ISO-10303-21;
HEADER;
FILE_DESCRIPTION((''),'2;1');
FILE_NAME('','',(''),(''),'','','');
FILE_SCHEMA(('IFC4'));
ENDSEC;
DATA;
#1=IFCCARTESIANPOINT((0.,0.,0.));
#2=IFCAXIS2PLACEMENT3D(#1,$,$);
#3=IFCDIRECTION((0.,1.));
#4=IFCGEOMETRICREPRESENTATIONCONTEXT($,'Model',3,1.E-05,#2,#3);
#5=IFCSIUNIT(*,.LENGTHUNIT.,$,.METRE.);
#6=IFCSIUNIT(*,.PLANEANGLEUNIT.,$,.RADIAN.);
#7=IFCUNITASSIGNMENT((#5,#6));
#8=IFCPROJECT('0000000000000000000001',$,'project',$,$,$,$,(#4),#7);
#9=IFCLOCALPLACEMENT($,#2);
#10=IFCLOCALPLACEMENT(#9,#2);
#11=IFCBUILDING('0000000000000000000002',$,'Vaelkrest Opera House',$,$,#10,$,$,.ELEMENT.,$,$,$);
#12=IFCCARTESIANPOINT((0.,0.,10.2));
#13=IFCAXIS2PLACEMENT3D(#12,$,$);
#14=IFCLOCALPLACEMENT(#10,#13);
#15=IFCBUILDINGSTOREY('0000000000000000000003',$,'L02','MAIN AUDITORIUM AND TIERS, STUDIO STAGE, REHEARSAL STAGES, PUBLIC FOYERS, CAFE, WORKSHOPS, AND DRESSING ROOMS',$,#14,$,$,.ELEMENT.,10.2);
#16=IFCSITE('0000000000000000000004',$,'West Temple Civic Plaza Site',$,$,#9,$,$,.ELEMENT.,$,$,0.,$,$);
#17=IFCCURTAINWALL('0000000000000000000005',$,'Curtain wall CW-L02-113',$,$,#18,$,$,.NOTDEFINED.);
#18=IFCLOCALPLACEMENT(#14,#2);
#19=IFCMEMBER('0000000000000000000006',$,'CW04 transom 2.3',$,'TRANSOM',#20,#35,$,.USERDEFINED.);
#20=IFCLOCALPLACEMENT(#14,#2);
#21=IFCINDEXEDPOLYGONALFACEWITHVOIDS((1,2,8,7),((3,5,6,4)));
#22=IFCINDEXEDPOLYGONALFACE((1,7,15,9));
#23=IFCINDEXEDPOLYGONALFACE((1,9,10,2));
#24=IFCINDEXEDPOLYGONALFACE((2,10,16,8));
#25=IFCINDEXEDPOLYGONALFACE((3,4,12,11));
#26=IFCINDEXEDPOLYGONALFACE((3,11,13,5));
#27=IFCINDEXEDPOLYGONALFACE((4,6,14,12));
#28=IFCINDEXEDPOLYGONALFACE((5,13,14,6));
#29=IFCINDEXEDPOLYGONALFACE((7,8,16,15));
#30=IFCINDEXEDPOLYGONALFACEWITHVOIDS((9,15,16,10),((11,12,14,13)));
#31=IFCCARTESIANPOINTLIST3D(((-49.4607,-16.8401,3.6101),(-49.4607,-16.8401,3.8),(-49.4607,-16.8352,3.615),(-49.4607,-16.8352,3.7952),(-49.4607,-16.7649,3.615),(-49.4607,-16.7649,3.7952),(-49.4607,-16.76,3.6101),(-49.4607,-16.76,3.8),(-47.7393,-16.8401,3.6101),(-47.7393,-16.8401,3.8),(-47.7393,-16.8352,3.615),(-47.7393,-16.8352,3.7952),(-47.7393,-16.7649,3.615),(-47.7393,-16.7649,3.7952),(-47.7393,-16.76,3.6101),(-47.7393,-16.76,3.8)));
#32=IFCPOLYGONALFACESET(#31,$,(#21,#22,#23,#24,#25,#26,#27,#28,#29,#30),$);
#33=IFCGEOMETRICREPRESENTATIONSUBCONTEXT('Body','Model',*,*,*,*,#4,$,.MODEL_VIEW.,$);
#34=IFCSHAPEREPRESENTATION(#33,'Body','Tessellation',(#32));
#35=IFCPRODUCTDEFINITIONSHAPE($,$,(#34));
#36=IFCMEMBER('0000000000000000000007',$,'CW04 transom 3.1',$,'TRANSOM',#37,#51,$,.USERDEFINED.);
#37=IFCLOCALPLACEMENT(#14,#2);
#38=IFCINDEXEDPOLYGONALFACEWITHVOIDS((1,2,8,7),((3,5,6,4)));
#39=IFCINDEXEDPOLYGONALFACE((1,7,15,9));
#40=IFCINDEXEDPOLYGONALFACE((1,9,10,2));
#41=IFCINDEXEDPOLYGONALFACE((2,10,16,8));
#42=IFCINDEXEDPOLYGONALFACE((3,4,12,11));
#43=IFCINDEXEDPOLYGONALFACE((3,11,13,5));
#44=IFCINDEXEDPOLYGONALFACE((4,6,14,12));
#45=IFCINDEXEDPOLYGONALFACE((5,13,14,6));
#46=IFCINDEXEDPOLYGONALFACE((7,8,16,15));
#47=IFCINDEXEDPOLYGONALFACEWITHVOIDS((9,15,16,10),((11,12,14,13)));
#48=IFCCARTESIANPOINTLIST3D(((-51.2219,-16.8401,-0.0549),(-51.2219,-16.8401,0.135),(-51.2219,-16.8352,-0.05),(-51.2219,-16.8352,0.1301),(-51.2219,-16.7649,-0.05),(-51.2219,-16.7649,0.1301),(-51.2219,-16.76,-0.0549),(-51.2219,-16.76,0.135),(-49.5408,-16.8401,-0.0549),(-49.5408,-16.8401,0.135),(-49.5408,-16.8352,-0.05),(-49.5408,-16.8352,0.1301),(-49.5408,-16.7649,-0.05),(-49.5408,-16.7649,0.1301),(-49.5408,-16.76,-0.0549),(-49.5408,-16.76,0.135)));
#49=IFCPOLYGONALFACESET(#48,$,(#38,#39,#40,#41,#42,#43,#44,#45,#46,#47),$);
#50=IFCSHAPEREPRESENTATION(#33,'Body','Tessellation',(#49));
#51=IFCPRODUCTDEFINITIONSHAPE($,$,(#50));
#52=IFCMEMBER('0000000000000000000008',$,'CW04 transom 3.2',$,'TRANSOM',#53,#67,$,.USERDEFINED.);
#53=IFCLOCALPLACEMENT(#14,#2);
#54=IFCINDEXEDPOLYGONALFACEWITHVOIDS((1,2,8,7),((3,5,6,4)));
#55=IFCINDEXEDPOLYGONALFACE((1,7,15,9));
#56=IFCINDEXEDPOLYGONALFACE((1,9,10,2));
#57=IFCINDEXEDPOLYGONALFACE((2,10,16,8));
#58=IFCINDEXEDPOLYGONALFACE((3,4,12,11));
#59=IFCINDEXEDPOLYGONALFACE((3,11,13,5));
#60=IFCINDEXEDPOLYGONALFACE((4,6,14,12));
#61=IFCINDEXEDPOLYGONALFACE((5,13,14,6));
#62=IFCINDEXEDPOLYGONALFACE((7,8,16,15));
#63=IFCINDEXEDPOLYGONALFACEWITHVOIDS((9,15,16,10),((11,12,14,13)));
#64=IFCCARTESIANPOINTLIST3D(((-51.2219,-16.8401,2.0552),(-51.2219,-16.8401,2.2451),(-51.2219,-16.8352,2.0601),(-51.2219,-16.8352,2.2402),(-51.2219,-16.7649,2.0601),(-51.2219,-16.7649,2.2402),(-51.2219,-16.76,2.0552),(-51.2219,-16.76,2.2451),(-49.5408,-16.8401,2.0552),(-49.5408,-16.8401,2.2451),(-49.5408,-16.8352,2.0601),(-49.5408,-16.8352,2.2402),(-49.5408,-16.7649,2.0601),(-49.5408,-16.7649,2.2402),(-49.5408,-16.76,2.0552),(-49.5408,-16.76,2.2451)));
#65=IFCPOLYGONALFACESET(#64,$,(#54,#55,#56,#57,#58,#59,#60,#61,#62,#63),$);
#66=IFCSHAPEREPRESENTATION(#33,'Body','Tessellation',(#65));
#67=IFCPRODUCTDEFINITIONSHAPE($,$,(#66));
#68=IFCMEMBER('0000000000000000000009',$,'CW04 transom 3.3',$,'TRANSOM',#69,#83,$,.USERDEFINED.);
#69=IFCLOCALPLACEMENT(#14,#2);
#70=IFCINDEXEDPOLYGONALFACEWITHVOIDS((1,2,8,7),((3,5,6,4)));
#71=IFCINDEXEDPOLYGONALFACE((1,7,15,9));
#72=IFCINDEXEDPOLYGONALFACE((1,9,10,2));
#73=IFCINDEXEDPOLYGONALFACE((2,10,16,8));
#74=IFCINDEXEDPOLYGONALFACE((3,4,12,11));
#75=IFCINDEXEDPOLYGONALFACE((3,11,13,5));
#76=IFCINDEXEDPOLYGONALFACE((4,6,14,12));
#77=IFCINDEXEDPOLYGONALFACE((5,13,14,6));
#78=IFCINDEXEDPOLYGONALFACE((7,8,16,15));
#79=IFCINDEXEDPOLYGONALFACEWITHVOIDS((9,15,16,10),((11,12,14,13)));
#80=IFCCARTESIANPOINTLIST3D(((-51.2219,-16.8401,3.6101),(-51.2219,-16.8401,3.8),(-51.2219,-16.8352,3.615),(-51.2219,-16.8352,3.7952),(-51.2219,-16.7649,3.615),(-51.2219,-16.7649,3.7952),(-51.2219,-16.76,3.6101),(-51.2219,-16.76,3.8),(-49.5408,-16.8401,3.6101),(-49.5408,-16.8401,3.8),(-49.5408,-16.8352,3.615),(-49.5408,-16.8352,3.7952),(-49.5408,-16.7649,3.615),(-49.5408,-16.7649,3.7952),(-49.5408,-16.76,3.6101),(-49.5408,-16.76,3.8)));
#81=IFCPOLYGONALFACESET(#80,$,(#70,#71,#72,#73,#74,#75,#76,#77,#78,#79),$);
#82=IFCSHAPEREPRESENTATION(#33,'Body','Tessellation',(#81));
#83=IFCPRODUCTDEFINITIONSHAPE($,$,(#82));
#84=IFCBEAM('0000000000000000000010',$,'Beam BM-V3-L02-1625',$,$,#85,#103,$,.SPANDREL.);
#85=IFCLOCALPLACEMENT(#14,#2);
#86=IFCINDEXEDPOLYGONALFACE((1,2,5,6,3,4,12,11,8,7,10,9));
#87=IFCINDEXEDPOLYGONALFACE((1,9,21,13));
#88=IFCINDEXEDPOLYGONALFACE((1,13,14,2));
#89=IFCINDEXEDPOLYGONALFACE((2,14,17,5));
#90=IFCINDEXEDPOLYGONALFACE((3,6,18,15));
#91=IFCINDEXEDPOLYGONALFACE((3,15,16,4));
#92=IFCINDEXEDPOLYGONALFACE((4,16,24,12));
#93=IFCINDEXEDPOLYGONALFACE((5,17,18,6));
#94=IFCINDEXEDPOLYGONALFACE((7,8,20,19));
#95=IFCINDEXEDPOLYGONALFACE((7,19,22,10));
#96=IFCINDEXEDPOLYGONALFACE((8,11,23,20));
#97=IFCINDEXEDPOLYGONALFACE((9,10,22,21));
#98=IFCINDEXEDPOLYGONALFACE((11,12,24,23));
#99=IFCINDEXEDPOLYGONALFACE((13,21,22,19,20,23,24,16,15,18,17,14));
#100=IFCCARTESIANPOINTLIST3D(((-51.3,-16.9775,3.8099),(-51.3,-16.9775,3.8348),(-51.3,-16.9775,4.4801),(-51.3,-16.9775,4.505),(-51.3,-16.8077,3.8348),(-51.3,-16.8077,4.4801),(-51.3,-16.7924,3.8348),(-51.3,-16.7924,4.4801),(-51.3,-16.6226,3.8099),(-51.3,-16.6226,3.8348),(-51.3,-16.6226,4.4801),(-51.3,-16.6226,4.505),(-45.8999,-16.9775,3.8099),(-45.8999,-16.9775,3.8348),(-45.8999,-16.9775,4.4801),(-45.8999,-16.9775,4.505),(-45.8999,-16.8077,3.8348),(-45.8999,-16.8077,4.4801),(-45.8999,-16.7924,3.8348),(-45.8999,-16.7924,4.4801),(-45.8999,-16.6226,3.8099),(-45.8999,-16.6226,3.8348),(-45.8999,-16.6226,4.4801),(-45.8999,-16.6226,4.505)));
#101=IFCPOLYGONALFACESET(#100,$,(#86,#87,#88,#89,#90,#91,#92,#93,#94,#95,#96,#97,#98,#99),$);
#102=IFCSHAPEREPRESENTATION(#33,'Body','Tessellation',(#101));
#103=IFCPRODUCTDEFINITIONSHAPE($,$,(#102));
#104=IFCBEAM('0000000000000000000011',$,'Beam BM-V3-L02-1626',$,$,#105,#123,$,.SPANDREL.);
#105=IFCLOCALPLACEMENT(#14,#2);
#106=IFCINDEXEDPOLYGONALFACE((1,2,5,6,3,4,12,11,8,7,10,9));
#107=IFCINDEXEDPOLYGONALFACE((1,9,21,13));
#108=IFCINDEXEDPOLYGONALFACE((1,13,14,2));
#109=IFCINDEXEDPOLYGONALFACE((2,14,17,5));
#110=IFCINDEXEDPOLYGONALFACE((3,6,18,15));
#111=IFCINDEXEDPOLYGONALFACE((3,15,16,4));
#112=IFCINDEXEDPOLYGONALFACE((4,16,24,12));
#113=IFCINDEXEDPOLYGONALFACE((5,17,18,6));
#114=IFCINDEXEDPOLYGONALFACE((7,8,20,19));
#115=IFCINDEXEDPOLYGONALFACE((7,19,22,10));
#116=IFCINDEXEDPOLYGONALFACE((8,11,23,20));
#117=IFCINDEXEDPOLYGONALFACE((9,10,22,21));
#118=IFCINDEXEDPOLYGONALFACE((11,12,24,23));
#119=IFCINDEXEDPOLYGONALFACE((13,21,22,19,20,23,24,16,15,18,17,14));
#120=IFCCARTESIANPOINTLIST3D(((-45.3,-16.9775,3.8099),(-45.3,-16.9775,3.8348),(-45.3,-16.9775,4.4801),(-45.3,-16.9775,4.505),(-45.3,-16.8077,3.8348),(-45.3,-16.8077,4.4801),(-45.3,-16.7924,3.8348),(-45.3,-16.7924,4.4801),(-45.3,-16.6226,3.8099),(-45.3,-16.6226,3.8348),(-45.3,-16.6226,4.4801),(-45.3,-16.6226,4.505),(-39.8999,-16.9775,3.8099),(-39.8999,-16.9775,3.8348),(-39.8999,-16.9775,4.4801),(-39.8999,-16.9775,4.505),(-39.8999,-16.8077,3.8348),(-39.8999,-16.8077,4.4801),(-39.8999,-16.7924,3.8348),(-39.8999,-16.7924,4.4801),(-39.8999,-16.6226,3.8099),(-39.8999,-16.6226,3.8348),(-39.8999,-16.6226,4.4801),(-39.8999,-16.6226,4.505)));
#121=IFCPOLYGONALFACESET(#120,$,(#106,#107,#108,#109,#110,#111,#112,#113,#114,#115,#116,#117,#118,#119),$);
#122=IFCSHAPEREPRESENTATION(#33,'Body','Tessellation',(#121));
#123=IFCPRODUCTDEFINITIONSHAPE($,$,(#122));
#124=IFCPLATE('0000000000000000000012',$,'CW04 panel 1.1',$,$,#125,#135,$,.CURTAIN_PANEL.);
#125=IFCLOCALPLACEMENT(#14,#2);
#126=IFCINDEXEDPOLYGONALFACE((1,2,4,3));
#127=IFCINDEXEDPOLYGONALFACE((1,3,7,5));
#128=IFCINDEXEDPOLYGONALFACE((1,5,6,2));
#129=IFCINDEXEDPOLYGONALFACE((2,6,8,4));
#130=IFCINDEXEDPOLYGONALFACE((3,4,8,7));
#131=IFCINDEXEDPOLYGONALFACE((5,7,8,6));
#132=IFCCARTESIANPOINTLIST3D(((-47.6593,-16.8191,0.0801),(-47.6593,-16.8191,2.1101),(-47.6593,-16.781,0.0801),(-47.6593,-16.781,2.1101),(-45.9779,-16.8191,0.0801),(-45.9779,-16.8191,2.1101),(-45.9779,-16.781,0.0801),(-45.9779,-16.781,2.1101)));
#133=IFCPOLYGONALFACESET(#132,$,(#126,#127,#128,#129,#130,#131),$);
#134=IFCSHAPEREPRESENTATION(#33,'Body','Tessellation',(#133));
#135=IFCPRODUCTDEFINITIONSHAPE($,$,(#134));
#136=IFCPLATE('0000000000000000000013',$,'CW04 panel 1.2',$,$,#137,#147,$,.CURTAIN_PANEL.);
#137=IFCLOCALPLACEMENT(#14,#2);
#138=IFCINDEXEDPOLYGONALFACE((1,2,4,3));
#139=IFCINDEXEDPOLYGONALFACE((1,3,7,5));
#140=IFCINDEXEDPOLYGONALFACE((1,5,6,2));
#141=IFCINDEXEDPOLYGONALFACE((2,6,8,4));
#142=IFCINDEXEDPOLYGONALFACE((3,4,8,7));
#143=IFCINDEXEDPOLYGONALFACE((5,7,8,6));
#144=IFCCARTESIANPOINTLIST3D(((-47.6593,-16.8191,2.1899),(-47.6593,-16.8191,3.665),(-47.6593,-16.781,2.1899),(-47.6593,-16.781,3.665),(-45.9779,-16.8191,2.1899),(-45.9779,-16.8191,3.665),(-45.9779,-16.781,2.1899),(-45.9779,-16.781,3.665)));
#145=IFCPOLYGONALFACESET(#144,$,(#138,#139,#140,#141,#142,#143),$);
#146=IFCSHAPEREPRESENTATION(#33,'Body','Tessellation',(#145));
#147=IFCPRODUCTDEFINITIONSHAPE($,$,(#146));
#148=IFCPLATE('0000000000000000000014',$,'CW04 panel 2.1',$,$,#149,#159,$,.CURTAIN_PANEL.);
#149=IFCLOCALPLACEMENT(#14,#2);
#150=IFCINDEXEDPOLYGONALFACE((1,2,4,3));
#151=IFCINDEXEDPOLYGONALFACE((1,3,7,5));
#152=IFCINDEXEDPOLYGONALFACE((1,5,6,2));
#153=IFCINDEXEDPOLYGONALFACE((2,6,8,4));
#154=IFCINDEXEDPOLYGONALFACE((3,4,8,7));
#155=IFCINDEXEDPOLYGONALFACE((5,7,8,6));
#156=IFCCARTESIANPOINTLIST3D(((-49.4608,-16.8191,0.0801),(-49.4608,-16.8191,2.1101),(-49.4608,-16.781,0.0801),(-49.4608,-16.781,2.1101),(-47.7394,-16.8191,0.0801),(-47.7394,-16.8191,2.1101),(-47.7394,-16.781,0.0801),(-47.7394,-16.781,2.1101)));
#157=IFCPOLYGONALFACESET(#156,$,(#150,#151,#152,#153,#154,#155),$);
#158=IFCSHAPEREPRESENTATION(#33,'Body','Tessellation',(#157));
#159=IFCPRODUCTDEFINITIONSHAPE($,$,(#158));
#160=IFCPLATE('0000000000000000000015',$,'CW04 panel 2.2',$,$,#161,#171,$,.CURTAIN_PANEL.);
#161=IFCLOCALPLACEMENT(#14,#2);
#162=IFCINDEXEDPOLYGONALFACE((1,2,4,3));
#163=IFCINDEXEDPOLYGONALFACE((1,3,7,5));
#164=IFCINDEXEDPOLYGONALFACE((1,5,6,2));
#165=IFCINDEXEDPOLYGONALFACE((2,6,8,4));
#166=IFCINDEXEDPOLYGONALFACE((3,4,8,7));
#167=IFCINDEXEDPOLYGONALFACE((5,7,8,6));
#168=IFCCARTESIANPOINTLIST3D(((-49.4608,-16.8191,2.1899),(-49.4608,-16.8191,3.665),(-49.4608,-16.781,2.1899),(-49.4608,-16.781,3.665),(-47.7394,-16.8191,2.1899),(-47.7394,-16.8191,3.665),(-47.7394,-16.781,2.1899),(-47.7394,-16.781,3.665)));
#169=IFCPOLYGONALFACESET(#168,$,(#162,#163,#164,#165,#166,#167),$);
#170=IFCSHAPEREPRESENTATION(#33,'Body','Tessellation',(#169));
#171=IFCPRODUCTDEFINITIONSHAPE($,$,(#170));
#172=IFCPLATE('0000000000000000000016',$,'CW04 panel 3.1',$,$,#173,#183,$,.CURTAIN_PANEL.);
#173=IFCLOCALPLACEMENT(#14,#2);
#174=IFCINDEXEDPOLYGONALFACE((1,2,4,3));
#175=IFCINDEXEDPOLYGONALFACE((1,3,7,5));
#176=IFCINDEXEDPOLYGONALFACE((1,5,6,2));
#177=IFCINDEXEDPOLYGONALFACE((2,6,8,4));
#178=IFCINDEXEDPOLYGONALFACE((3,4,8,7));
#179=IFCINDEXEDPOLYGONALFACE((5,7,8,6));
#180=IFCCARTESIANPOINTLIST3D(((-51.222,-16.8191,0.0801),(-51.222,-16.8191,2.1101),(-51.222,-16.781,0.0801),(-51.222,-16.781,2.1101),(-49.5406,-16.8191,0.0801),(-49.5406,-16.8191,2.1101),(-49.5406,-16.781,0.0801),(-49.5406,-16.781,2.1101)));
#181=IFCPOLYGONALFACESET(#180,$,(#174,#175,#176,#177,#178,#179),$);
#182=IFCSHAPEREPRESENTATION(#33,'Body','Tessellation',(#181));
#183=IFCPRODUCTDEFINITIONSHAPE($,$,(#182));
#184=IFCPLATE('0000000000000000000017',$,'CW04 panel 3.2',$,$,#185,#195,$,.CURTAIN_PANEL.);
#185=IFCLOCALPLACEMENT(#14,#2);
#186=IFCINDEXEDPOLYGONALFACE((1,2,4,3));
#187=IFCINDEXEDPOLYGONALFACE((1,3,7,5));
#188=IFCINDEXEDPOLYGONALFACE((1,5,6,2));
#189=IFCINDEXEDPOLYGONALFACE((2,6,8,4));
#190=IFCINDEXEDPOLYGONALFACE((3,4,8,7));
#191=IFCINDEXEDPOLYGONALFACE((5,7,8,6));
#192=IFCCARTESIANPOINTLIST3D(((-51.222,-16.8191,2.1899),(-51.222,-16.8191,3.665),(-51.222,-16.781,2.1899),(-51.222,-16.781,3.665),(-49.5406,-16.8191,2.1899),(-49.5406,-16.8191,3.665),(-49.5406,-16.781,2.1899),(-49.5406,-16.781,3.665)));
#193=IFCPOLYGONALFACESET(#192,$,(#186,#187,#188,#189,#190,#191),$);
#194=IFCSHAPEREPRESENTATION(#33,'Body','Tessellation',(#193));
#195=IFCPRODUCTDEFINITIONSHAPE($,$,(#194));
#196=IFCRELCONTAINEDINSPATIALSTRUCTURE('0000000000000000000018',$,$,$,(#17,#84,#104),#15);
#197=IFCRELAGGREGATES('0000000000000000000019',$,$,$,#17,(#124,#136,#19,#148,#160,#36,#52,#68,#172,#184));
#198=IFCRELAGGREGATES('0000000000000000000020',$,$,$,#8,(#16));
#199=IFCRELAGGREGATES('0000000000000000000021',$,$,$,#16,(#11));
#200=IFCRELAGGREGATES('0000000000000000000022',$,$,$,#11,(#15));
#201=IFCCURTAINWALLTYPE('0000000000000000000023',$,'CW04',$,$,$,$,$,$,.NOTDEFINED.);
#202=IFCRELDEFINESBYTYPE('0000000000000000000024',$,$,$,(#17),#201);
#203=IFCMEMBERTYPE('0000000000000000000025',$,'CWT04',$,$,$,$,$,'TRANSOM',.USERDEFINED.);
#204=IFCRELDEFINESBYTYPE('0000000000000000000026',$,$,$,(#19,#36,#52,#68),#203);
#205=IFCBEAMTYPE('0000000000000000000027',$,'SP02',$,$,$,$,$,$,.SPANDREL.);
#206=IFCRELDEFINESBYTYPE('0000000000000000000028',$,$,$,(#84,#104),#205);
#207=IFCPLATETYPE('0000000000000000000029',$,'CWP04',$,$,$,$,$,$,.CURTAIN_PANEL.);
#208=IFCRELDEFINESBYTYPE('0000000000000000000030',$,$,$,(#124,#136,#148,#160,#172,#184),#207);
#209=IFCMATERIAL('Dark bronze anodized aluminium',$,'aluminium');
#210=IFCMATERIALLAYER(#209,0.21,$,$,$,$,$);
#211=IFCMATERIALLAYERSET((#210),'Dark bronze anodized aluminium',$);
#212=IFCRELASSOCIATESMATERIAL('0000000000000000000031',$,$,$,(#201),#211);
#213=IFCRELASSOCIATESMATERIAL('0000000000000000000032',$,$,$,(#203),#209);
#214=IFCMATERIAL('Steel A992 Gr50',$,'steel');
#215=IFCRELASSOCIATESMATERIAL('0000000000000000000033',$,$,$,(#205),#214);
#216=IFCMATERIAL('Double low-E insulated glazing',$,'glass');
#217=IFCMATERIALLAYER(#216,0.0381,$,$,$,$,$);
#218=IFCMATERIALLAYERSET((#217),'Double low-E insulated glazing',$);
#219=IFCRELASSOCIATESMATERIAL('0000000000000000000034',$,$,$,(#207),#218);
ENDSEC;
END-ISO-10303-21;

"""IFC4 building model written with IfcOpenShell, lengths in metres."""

from ifc_helpers import new_model, si_unit, direction, frame, origin, origin_2d, place, context, subcontext, project, spatial, rectangle, hollow_rectangle, i_section, extrude, material, layer, layer_set, material_profile, profile_set, type_object, element, aggregate, save


model = new_model("IFC4")

# Units and contexts
model_context = context("Model", 3, precision=1e-05, world=origin(), true_north=direction((0.0, 1.0)))
body_context = subcontext(model_context, "Body", "Model", "MODEL_VIEW")
ifc_project = project(units=[si_unit("LENGTHUNIT", "METRE"), si_unit("PLANEANGLEUNIT", "RADIAN")], contexts=[model_context])

# Site, building, storey
site_placement = place(None, origin())
site = spatial("IfcSite", under=ifc_project, at=site_placement, Name="West Temple Civic Plaza Site", CompositionType="ELEMENT", RefElevation=0.0)
building_placement = place(site_placement, origin())
building = spatial("IfcBuilding", under=site, at=building_placement, Name="Vaelkrest Opera House", CompositionType="ELEMENT")
storey_placement = place(building_placement, frame((0.0, 0.0, 10.2)))
storey = spatial("IfcBuildingStorey", under=building, at=storey_placement, Name="L02", Description="MAIN AUDITORIUM AND TIERS, STUDIO STAGE, REHEARSAL STAGES, PUBLIC FOYERS, CAFE, WORKSHOPS, AND DRESSING ROOMS", CompositionType="ELEMENT", Elevation=10.2)

# Curtain wall, members
ifc_material_1 = material(Name="Dark bronze anodized aluminium", Category="aluminium")
ifc_layer_1 = layer(ifc_material_1, 0.21)
ifc_layer_set_1 = layer_set([ifc_layer_1], Name="Dark bronze anodized aluminium")
curtain_wall_type = type_object("IfcCurtainWallType", Name="CW04", PredefinedType="NOTDEFINED", material=ifc_layer_set_1)
curtain_wall_placement = place(storey_placement, origin())
curtain_wall = element("IfcCurtainWall", 1, at=curtain_wall_placement, inside=storey, type_object=curtain_wall_type, Name="Curtain wall CW-L02-113", PredefinedType="NOTDEFINED")
ifc_material_profile_1 = material_profile(ifc_material_1, hollow_rectangle(XDim=0.0801, YDim=0.1899, WallThickness=0.0049, at=origin_2d()), Name="CWT80X190")
ifc_profile_set_1 = profile_set([ifc_material_profile_1], Name="Dark bronze anodized aluminium")
member_type_1 = type_object("IfcMemberType", Name="CWT04", ElementType="TRANSOM", PredefinedType="USERDEFINED", material=ifc_profile_set_1)
member_1_placement = place(storey_placement, frame((-47.7393, -16.8, 3.7051), z_axis=(-1.0, 0.0, 0.0), x_axis=(0.0, -1.0, 0.0)))
member_1 = element("IfcMember", 2, at=member_1_placement, type_object=member_type_1, Name="CW04 transom 2.3", ObjectType="TRANSOM", PredefinedType="USERDEFINED", context=body_context, shape_type="SweptSolid", body=[
    extrude(hollow_rectangle(XDim=0.0801, YDim=0.1899, WallThickness=0.0049, at=origin_2d()), origin(), (0.0, 0.0, 1.0), 1.7214),
])
member_2_placement = place(storey_placement, frame((-49.5408, -16.8, 0.04), z_axis=(-1.0, 0.0, 0.0), x_axis=(0.0, -1.0, 0.0)))
member_2 = element("IfcMember", 3, at=member_2_placement, type_object=member_type_1, Name="CW04 transom 3.1", ObjectType="TRANSOM", PredefinedType="USERDEFINED", context=body_context, shape_type="SweptSolid", body=[
    extrude(hollow_rectangle(XDim=0.0801, YDim=0.1899, WallThickness=0.0049, at=origin_2d()), origin(), (0.0, 0.0, 1.0), 1.6812),
])
member_3_placement = place(storey_placement, frame((-49.5408, -16.8, 2.1501), z_axis=(-1.0, 0.0, 0.0), x_axis=(0.0, -1.0, 0.0)))
member_3 = element("IfcMember", 4, at=member_3_placement, type_object=member_type_1, Name="CW04 transom 3.2", ObjectType="TRANSOM", PredefinedType="USERDEFINED", context=body_context, shape_type="SweptSolid", body=[
    extrude(hollow_rectangle(XDim=0.0801, YDim=0.1899, WallThickness=0.0049, at=origin_2d()), origin(), (0.0, 0.0, 1.0), 1.6812),
])
member_4_placement = place(storey_placement, frame((-49.5408, -16.8, 3.7051), z_axis=(-1.0, 0.0, 0.0), x_axis=(0.0, -1.0, 0.0)))
member_4 = element("IfcMember", 5, at=member_4_placement, type_object=member_type_1, Name="CW04 transom 3.3", ObjectType="TRANSOM", PredefinedType="USERDEFINED", context=body_context, shape_type="SweptSolid", body=[
    extrude(hollow_rectangle(XDim=0.0801, YDim=0.1899, WallThickness=0.0049, at=origin_2d()), origin(), (0.0, 0.0, 1.0), 1.6812),
])

# Beams
ifc_material_2 = material(Name="Steel A992 Gr50", Category="steel")
ifc_material_profile_2 = material_profile(ifc_material_2, i_section(OverallWidth=0.355, OverallDepth=0.6951, WebThickness=0.0154, FlangeThickness=0.0249, at=origin_2d()), Name="W27X146")
ifc_profile_set_2 = profile_set([ifc_material_profile_2], Name="Steel A992 Gr50")
beam_type = type_object("IfcBeamType", Name="SP02", PredefinedType="SPANDREL", material=ifc_profile_set_2)
for number, where, z_axis, x_axis, name in (
    (6, (-51.3, -16.8, 4.1575), (1.0, 0.0, 0.0), (0.0, 1.0, 0.0), "Beam BM-V3-L02-1625"),
    (7, (-45.3, -16.8, 4.1575), (1.0, 0.0, 0.0), (0.0, 1.0, 0.0), "Beam BM-V3-L02-1626"),
):
    element("IfcBeam", number, at=place(storey_placement, frame(where, z_axis=z_axis, x_axis=x_axis)), inside=storey, type_object=beam_type, Name=name, PredefinedType="SPANDREL", context=body_context, shape_type="SweptSolid", body=[
        extrude(i_section(OverallWidth=0.355, OverallDepth=0.6951, WebThickness=0.0154, FlangeThickness=0.0249, at=origin_2d()), origin(), (0.0, 0.0, 1.0), 5.4001),
    ])

# Plates
ifc_material_3 = material(Name="Double low-E insulated glazing", Category="glass")
ifc_layer_2 = layer(ifc_material_3, 0.0381)
ifc_layer_set_2 = layer_set([ifc_layer_2], Name="Double low-E insulated glazing")
plate_type = type_object("IfcPlateType", Name="CWP04", PredefinedType="CURTAIN_PANEL", material=ifc_layer_set_2)
plate_1_placement = place(storey_placement, frame((-46.8186, -16.8, 0.0801), z_axis=(0.0, 0.0, 1.0), x_axis=(-1.0, 0.0, 0.0)))
plate_1 = element("IfcPlate", 8, at=plate_1_placement, type_object=plate_type, Name="CW04 panel 1.1", PredefinedType="CURTAIN_PANEL", context=body_context, shape_type="SweptSolid", body=[
    extrude(rectangle(XDim=1.6814, YDim=0.0381, at=origin_2d()), origin(), (0.0, 0.0, 1.0), 2.03),
])
plate_2_placement = place(storey_placement, frame((-46.8186, -16.8, 2.1899), z_axis=(0.0, 0.0, 1.0), x_axis=(-1.0, 0.0, 0.0)))
plate_2 = element("IfcPlate", 9, at=plate_2_placement, type_object=plate_type, Name="CW04 panel 1.2", PredefinedType="CURTAIN_PANEL", context=body_context, shape_type="SweptSolid", body=[
    extrude(rectangle(XDim=1.6814, YDim=0.0381, at=origin_2d()), origin(), (0.0, 0.0, 1.0), 1.4751),
])
plate_3_placement = place(storey_placement, frame((-48.6001, -16.8, 0.0801), z_axis=(0.0, 0.0, 1.0), x_axis=(-1.0, 0.0, 0.0)))
plate_3 = element("IfcPlate", 10, at=plate_3_placement, type_object=plate_type, Name="CW04 panel 2.1", PredefinedType="CURTAIN_PANEL", context=body_context, shape_type="SweptSolid", body=[
    extrude(rectangle(XDim=1.7214, YDim=0.0381, at=origin_2d()), origin(), (0.0, 0.0, 1.0), 2.03),
])
plate_4_placement = place(storey_placement, frame((-48.6001, -16.8, 2.1899), z_axis=(0.0, 0.0, 1.0), x_axis=(-1.0, 0.0, 0.0)))
plate_4 = element("IfcPlate", 11, at=plate_4_placement, type_object=plate_type, Name="CW04 panel 2.2", PredefinedType="CURTAIN_PANEL", context=body_context, shape_type="SweptSolid", body=[
    extrude(rectangle(XDim=1.7214, YDim=0.0381, at=origin_2d()), origin(), (0.0, 0.0, 1.0), 1.4751),
])
plate_5_placement = place(storey_placement, frame((-50.3813, -16.8, 0.0801), z_axis=(0.0, 0.0, 1.0), x_axis=(-1.0, 0.0, 0.0)))
plate_5 = element("IfcPlate", 12, at=plate_5_placement, type_object=plate_type, Name="CW04 panel 3.1", PredefinedType="CURTAIN_PANEL", context=body_context, shape_type="SweptSolid", body=[
    extrude(rectangle(XDim=1.6814, YDim=0.0381, at=origin_2d()), origin(), (0.0, 0.0, 1.0), 2.03),
])
plate_6_placement = place(storey_placement, frame((-50.3813, -16.8, 2.1899), z_axis=(0.0, 0.0, 1.0), x_axis=(-1.0, 0.0, 0.0)))
plate_6 = element("IfcPlate", 13, at=plate_6_placement, type_object=plate_type, Name="CW04 panel 3.2", PredefinedType="CURTAIN_PANEL", context=body_context, shape_type="SweptSolid", body=[
    extrude(rectangle(XDim=1.6814, YDim=0.0381, at=origin_2d()), origin(), (0.0, 0.0, 1.0), 1.4751),
])
aggregate(curtain_wall, [plate_1, plate_2, member_1, plate_3, plate_4, member_2, member_3, member_4, plate_5, plate_6])

save(model, "model.ifc")
